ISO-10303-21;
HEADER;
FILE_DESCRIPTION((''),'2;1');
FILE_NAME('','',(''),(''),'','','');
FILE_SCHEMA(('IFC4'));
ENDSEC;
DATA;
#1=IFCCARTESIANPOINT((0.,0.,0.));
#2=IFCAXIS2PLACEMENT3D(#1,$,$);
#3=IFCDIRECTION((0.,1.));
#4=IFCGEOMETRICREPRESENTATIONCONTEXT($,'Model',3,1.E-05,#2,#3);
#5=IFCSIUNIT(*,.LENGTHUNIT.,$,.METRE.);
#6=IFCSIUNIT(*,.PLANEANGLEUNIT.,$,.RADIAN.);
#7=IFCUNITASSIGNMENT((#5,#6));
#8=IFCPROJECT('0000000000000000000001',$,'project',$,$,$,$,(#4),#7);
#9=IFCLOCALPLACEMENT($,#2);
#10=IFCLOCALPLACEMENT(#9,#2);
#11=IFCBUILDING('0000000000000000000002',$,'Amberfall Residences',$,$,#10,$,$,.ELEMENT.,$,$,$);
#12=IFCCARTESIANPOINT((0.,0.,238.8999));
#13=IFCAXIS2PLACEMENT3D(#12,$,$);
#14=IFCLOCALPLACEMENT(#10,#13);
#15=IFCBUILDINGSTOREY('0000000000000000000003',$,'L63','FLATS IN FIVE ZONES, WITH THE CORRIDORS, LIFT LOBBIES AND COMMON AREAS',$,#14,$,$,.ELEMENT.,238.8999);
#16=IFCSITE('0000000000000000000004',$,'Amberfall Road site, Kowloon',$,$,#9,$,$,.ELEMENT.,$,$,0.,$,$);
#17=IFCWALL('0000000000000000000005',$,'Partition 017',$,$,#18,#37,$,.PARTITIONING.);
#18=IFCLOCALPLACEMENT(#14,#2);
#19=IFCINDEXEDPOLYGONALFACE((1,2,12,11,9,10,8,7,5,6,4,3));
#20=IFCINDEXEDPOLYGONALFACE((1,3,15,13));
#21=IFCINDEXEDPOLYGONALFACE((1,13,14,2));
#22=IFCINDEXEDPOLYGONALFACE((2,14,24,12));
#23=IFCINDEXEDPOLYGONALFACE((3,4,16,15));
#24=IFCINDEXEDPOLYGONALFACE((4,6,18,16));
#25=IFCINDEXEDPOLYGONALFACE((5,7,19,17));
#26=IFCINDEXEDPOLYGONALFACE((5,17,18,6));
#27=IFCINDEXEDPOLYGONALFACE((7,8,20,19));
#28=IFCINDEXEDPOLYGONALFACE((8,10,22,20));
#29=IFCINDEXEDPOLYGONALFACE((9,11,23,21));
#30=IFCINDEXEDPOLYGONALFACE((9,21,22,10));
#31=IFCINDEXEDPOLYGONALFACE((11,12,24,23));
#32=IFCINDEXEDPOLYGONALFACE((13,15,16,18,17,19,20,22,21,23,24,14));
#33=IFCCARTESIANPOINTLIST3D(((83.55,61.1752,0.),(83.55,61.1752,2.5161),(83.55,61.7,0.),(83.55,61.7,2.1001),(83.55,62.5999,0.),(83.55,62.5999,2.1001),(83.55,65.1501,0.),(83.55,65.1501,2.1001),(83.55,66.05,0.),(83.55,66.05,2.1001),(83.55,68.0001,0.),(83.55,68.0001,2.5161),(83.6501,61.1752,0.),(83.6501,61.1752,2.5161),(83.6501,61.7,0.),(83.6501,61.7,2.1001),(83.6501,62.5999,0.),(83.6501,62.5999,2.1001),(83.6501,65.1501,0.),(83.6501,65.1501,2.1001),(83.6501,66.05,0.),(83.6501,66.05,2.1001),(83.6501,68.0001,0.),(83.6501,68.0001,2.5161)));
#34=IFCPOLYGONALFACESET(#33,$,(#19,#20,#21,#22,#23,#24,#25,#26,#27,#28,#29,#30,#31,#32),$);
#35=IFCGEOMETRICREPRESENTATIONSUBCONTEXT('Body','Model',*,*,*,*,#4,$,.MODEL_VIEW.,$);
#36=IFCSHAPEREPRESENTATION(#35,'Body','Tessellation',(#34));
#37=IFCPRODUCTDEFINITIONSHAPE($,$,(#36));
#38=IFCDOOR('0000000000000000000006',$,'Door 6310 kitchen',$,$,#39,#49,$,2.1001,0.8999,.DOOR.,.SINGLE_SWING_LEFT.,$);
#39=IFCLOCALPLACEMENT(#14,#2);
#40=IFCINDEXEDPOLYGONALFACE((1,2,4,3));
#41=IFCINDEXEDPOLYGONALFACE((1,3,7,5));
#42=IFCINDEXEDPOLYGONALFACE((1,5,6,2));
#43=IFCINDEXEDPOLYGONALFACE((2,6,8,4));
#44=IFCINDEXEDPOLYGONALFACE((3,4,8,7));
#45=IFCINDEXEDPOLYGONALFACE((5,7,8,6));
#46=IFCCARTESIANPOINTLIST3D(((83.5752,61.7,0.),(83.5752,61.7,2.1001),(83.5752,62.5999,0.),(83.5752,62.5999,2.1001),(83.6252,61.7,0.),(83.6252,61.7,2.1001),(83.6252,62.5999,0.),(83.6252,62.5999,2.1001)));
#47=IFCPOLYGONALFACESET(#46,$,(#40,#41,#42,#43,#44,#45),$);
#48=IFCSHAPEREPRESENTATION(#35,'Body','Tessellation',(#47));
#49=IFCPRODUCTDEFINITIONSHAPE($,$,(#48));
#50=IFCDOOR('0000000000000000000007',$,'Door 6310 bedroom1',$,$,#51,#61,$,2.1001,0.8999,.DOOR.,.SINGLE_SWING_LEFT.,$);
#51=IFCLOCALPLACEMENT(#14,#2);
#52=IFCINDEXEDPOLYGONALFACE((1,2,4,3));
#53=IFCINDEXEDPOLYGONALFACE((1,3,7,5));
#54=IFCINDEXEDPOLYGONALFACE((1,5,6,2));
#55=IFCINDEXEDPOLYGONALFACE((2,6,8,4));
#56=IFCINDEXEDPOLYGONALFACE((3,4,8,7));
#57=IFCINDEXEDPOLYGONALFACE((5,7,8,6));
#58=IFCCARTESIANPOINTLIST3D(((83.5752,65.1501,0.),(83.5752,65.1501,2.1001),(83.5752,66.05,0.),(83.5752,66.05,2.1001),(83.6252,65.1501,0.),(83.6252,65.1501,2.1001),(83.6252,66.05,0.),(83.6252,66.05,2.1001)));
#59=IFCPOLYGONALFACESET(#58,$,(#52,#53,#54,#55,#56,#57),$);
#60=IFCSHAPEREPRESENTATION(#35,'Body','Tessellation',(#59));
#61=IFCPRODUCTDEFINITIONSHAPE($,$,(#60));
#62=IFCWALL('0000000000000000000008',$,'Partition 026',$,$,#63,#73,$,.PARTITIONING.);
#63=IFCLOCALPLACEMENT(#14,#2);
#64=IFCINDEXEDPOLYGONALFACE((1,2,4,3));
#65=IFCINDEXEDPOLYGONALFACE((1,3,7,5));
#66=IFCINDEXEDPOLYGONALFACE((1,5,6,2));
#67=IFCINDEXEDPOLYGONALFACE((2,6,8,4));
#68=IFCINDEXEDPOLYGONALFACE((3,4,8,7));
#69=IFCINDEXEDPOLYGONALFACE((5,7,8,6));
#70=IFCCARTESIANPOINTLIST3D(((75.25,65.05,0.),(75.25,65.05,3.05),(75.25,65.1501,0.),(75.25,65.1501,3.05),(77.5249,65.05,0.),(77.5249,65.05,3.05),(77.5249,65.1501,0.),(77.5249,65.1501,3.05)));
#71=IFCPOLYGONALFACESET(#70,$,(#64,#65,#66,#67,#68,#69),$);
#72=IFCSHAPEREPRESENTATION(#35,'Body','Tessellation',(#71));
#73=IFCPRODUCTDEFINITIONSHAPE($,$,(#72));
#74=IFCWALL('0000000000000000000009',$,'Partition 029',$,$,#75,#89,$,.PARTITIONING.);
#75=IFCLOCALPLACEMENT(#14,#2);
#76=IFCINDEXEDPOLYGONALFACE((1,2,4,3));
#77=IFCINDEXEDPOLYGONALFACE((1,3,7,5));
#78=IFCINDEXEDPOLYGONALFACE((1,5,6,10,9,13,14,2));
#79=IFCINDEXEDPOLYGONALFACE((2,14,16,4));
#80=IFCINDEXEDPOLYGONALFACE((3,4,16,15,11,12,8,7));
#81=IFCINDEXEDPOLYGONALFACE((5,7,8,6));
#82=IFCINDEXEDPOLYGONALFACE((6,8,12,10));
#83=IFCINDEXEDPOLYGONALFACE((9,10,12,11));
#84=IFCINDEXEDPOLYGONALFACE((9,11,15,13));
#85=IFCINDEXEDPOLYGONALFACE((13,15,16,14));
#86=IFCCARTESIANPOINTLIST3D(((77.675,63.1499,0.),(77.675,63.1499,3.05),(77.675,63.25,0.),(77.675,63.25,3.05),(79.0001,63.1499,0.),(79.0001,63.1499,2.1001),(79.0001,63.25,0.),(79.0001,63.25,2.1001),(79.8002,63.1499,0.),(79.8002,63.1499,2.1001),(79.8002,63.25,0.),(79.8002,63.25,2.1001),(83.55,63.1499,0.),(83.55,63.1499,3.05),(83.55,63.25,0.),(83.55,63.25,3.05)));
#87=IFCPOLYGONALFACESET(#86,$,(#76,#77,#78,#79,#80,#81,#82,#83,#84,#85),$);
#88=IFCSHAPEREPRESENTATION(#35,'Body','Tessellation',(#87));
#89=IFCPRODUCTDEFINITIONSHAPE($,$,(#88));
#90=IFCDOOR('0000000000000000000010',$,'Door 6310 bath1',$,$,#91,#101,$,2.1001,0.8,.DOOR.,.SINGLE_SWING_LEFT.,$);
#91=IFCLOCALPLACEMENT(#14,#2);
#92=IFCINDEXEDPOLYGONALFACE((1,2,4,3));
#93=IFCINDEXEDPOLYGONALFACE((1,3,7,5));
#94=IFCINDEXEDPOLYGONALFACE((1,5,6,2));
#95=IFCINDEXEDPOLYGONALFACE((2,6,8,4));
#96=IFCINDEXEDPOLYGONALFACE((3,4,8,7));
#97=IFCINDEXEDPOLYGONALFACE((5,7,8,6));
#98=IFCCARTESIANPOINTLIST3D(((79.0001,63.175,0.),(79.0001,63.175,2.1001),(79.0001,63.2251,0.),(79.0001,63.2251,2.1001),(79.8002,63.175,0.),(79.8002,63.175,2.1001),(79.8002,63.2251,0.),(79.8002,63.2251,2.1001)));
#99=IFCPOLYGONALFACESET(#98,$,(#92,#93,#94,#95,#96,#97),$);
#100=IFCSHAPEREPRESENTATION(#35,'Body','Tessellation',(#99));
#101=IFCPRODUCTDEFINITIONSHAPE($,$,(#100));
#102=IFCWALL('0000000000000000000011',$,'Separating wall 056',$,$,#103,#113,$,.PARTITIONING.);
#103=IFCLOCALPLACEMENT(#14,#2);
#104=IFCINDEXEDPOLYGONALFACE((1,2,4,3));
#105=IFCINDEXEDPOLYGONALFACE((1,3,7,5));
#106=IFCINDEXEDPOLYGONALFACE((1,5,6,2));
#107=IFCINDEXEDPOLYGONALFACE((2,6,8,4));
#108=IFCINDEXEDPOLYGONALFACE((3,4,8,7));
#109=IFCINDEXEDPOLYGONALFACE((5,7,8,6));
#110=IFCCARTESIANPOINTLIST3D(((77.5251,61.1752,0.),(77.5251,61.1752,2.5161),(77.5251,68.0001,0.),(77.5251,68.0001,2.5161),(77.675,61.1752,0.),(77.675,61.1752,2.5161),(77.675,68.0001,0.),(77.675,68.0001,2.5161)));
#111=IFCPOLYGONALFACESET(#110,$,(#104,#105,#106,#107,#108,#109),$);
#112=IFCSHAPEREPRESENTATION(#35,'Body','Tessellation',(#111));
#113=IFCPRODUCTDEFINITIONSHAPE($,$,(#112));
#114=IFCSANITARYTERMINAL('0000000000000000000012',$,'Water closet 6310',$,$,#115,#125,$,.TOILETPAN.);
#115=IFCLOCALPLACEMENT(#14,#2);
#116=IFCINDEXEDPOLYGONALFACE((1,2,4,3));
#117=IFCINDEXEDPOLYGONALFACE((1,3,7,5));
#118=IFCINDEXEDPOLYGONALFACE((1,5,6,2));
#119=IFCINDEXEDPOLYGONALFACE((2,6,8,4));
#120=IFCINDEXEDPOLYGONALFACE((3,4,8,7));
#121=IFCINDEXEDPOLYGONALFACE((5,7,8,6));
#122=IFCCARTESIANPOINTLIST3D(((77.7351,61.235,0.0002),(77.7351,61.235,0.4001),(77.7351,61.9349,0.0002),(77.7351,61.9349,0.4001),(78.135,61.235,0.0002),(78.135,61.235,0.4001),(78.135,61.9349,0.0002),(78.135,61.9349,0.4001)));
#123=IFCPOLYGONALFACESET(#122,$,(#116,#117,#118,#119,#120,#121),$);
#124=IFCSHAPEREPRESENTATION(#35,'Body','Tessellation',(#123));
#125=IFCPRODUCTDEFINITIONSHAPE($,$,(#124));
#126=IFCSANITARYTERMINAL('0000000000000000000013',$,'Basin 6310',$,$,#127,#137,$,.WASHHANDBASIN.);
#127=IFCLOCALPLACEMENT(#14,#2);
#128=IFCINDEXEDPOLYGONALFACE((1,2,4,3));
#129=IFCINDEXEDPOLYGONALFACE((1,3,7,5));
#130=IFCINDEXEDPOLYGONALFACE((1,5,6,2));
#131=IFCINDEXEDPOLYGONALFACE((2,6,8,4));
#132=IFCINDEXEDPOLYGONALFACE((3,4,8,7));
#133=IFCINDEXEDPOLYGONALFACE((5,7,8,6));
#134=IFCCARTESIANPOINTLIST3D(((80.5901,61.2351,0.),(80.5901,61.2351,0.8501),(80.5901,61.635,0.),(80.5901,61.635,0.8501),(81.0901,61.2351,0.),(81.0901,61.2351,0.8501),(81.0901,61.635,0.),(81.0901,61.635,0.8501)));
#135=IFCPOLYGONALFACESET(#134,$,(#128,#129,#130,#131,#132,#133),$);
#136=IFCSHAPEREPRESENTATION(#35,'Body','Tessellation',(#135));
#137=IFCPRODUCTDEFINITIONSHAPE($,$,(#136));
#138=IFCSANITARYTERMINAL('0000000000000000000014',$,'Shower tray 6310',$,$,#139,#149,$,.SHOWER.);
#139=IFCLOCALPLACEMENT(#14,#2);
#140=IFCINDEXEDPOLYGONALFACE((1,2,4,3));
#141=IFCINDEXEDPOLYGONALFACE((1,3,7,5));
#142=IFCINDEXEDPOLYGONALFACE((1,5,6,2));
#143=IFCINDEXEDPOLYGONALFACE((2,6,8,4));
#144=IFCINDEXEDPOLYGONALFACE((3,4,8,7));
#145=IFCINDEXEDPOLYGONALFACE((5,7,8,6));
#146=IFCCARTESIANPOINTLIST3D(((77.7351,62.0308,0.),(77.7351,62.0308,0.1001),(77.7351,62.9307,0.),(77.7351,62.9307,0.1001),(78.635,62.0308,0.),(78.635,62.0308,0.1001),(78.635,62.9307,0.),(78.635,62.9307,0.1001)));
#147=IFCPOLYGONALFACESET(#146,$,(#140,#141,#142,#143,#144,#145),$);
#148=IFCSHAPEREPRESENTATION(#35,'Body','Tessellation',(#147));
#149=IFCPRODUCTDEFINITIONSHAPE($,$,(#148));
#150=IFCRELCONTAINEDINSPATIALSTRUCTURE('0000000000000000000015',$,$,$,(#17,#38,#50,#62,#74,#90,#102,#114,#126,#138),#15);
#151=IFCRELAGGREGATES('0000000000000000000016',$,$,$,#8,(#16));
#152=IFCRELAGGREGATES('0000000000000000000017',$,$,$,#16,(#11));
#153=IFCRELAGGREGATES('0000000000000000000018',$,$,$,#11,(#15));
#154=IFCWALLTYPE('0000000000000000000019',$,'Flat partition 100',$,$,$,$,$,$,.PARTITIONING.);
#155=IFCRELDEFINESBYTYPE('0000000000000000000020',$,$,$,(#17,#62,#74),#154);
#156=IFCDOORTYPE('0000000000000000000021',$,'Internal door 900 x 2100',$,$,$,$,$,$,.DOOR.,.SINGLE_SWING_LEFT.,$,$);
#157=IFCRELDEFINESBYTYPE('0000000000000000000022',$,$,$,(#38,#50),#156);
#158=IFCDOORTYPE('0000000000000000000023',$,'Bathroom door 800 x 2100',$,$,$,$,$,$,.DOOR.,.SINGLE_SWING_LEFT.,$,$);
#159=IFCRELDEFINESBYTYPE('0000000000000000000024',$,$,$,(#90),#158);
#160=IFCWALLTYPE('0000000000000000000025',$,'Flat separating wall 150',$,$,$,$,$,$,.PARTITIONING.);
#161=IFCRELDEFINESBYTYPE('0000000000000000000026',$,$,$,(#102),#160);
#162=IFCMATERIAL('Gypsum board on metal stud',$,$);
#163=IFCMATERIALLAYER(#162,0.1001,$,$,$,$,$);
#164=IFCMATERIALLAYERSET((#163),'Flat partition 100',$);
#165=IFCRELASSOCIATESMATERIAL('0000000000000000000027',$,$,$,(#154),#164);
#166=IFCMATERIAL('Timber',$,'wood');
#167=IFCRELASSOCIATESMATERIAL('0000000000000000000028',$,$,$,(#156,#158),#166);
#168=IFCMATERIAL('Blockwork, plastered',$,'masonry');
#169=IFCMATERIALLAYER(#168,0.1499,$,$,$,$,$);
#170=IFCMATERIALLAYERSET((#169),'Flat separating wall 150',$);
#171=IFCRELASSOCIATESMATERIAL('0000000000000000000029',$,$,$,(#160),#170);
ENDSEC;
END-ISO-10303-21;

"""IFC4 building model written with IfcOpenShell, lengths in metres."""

from ifc_helpers import new_model, si_unit, direction, frame, frame_2d, origin, origin_2d, place, context, subcontext, project, spatial, rectangle, extrude, material, layer, layer_set, type_object, element, fill, save


model = new_model("IFC4")

# Units and contexts
model_context = context("Model", 3, precision=1e-05, world=origin(), true_north=direction((0.0, 1.0)))
body_context = subcontext(model_context, "Body", "Model", "MODEL_VIEW")
ifc_project = project(units=[si_unit("LENGTHUNIT", "METRE"), si_unit("PLANEANGLEUNIT", "RADIAN")], contexts=[model_context])

# Site, building, storey
site_placement = place(None, origin())
site = spatial("IfcSite", under=ifc_project, at=site_placement, Name="Amberfall Road site, Kowloon", CompositionType="ELEMENT", RefElevation=0.0)
building_placement = place(site_placement, origin())
building = spatial("IfcBuilding", under=site, at=building_placement, Name="Amberfall Residences", CompositionType="ELEMENT")
storey_placement = place(building_placement, frame((0.0, 0.0, 238.8999)))
storey = spatial("IfcBuildingStorey", under=building, at=storey_placement, Name="L63", Description="FLATS IN FIVE ZONES, WITH THE CORRIDORS, LIFT LOBBIES AND COMMON AREAS", CompositionType="ELEMENT", Elevation=238.8999)

# Shared definitions
ifc_material_1 = material(Name="Gypsum board on metal stud")
ifc_layer_1 = layer(ifc_material_1, 0.1001)
ifc_layer_set_1 = layer_set([ifc_layer_1], Name="Flat partition 100")
wall_type_1 = type_object("IfcWallType", Name="Flat partition 100", PredefinedType="PARTITIONING", material=ifc_layer_set_1)
ifc_material_2 = material(Name="Timber", Category="wood")
door_type_1 = type_object("IfcDoorType", Name="Internal door 900 x 2100", OperationType="SINGLE_SWING_LEFT", PredefinedType="DOOR", material=ifc_material_2)

# Wall, openings, doors
wall_1_placement = place(storey_placement, frame((83.6001, 61.175, 0.0), z_axis=(0.0, 0.0, 1.0), x_axis=(0.0, 1.0, 0.0)))
wall_1 = element("IfcWall", 1, at=wall_1_placement, inside=storey, type_object=wall_type_1, Name="Partition 017", PredefinedType="PARTITIONING", context=body_context, shape_type="SweptSolid", body=[
    extrude(rectangle(XDim=6.825, YDim=0.1001, at=frame_2d((3.4126, 0.0))), origin(), (0.0, 0.0, 1.0), 2.5161),
])
opening_1_placement = place(wall_1_placement, frame((0.5249, 0.0, 0.0)))
opening_1 = element("IfcOpeningElement", 2, at=opening_1_placement, cuts=wall_1, PredefinedType="OPENING", context=body_context, shape_type="SweptSolid", body=[
    extrude(rectangle(XDim=0.8999, YDim=2.1001, at=frame_2d((0.45, 1.05))), frame((0.0, 0.0601, 0.0), z_axis=(0.0, -1.0, 0.0), x_axis=(1.0, 0.0, 0.0)), (0.0, 0.0, 1.0), 0.1201),
])
opening_2_placement = place(wall_1_placement, frame((3.9751, 0.0, 0.0)))
opening_2 = element("IfcOpeningElement", 3, at=opening_2_placement, cuts=wall_1, PredefinedType="OPENING", context=body_context, shape_type="SweptSolid", body=[
    extrude(rectangle(XDim=0.8999, YDim=2.1001, at=frame_2d((0.45, 1.05))), frame((0.0, 0.0601, 0.0), z_axis=(0.0, -1.0, 0.0), x_axis=(1.0, 0.0, 0.0)), (0.0, 0.0, 1.0), 0.1201),
])
door_1_placement = place(opening_1_placement, origin())
door_1 = element("IfcDoor", 4, at=door_1_placement, inside=storey, type_object=door_type_1, Name="Door 6310 kitchen", OperationType="SINGLE_SWING_LEFT", OverallHeight=2.1001, OverallWidth=0.8999, PredefinedType="DOOR", context=body_context, shape_type="SweptSolid", body=[
    extrude(rectangle(XDim=0.8999, YDim=2.1001, at=frame_2d((0.45, 1.05))), frame((0.0, 0.0249, 0.0), z_axis=(0.0, -1.0, 0.0), x_axis=(1.0, 0.0, 0.0)), (0.0, 0.0, 1.0), 0.05),
])
fill(opening_1, door_1)
door_2_placement = place(opening_2_placement, origin())
door_2 = element("IfcDoor", 5, at=door_2_placement, inside=storey, type_object=door_type_1, Name="Door 6310 bedroom1", OperationType="SINGLE_SWING_LEFT", OverallHeight=2.1001, OverallWidth=0.8999, PredefinedType="DOOR", context=body_context, shape_type="SweptSolid", body=[
    extrude(rectangle(XDim=0.8999, YDim=2.1001, at=frame_2d((0.45, 1.05))), frame((0.0, 0.0249, 0.0), z_axis=(0.0, -1.0, 0.0), x_axis=(1.0, 0.0, 0.0)), (0.0, 0.0, 1.0), 0.05),
])
fill(opening_2, door_2)

# Wall
wall_2_placement = place(storey_placement, frame((75.25, 65.1001, 0.0), z_axis=(0.0, 0.0, 1.0), x_axis=(1.0, 0.0, 0.0)))
element("IfcWall", 6, at=wall_2_placement, inside=storey, type_object=wall_type_1, Name="Partition 026", PredefinedType="PARTITIONING", context=body_context, shape_type="SweptSolid", body=[
    extrude(rectangle(XDim=2.2749, YDim=0.1001, at=frame_2d((1.1375, 0.0))), origin(), (0.0, 0.0, 1.0), 3.05),
])

# Wall, opening, door
wall_3_placement = place(storey_placement, frame((83.55, 63.2, 0.0), z_axis=(0.0, 0.0, 1.0), x_axis=(-1.0, 0.0, 0.0)))
wall_3 = element("IfcWall", 7, at=wall_3_placement, inside=storey, type_object=wall_type_1, Name="Partition 029", PredefinedType="PARTITIONING", context=body_context, shape_type="SweptSolid", body=[
    extrude(rectangle(XDim=5.875, YDim=0.1001, at=frame_2d((2.9375, 0.0))), origin(), (0.0, 0.0, 1.0), 3.05),
])
opening_3_placement = place(wall_3_placement, frame((3.75, 0.0, 0.0)))
opening_3 = element("IfcOpeningElement", 8, at=opening_3_placement, cuts=wall_3, PredefinedType="OPENING", context=body_context, shape_type="SweptSolid", body=[
    extrude(rectangle(XDim=0.8, YDim=2.1001, at=frame_2d((0.3999, 1.05))), frame((0.0, 0.0601, 0.0), z_axis=(0.0, -1.0, 0.0), x_axis=(1.0, 0.0, 0.0)), (0.0, 0.0, 1.0), 0.1201),
])
door_type_2 = type_object("IfcDoorType", Name="Bathroom door 800 x 2100", OperationType="SINGLE_SWING_LEFT", PredefinedType="DOOR", material=ifc_material_2)
door_3_placement = place(opening_3_placement, origin())
door_3 = element("IfcDoor", 9, at=door_3_placement, inside=storey, type_object=door_type_2, Name="Door 6310 bath1", OperationType="SINGLE_SWING_LEFT", OverallHeight=2.1001, OverallWidth=0.8, PredefinedType="DOOR", context=body_context, shape_type="SweptSolid", body=[
    extrude(rectangle(XDim=0.8, YDim=2.1001, at=frame_2d((0.3999, 1.05))), frame((0.0, 0.0249, 0.0), z_axis=(0.0, -1.0, 0.0), x_axis=(1.0, 0.0, 0.0)), (0.0, 0.0, 1.0), 0.05),
])
fill(opening_3, door_3)

# Wall
ifc_material_3 = material(Name="Blockwork, plastered", Category="masonry")
ifc_layer_2 = layer(ifc_material_3, 0.1499)
ifc_layer_set_2 = layer_set([ifc_layer_2], Name="Flat separating wall 150")
wall_type_2 = type_object("IfcWallType", Name="Flat separating wall 150", PredefinedType="PARTITIONING", material=ifc_layer_set_2)
wall_4_placement = place(storey_placement, frame((77.6001, 61.175, 0.0), z_axis=(0.0, 0.0, 1.0), x_axis=(0.0, 1.0, 0.0)))
element("IfcWall", 10, at=wall_4_placement, inside=storey, type_object=wall_type_2, Name="Separating wall 056", PredefinedType="PARTITIONING", context=body_context, shape_type="SweptSolid", body=[
    extrude(rectangle(XDim=6.825, YDim=0.1499, at=frame_2d((3.4126, 0.0))), origin(), (0.0, 0.0, 1.0), 2.5161),
])

# Sanitary terminals
sanitary_terminal_1_placement = place(storey_placement, frame((77.9351, 61.585, 0.0002), z_axis=(0.0, 0.0, 1.0), x_axis=(1.0, 0.0, 0.0)))
element("IfcSanitaryTerminal", 11, at=sanitary_terminal_1_placement, inside=storey, Name="Water closet 6310", PredefinedType="TOILETPAN", context=body_context, shape_type="SweptSolid", body=[
    extrude(rectangle(XDim=0.3999, YDim=0.7, at=origin_2d()), origin(), (0.0, 0.0, 1.0), 0.3999),
])
sanitary_terminal_2_placement = place(storey_placement, frame((80.8401, 61.4351, 0.0), z_axis=(0.0, 0.0, 1.0), x_axis=(1.0, 0.0, 0.0)))
element("IfcSanitaryTerminal", 12, at=sanitary_terminal_2_placement, inside=storey, Name="Basin 6310", PredefinedType="WASHHANDBASIN", context=body_context, shape_type="SweptSolid", body=[
    extrude(rectangle(XDim=0.5, YDim=0.3999, at=origin_2d()), origin(), (0.0, 0.0, 1.0), 0.8501),
])
sanitary_terminal_3_placement = place(storey_placement, frame((78.1851, 62.4807, 0.0), z_axis=(0.0, 0.0, 1.0), x_axis=(1.0, 0.0, 0.0)))
element("IfcSanitaryTerminal", 13, at=sanitary_terminal_3_placement, inside=storey, Name="Shower tray 6310", PredefinedType="SHOWER", context=body_context, shape_type="SweptSolid", body=[
    extrude(rectangle(XDim=0.8999, YDim=0.8999, at=origin_2d()), origin(), (0.0, 0.0, 1.0), 0.1001),
])

save(model, "model.ifc")
